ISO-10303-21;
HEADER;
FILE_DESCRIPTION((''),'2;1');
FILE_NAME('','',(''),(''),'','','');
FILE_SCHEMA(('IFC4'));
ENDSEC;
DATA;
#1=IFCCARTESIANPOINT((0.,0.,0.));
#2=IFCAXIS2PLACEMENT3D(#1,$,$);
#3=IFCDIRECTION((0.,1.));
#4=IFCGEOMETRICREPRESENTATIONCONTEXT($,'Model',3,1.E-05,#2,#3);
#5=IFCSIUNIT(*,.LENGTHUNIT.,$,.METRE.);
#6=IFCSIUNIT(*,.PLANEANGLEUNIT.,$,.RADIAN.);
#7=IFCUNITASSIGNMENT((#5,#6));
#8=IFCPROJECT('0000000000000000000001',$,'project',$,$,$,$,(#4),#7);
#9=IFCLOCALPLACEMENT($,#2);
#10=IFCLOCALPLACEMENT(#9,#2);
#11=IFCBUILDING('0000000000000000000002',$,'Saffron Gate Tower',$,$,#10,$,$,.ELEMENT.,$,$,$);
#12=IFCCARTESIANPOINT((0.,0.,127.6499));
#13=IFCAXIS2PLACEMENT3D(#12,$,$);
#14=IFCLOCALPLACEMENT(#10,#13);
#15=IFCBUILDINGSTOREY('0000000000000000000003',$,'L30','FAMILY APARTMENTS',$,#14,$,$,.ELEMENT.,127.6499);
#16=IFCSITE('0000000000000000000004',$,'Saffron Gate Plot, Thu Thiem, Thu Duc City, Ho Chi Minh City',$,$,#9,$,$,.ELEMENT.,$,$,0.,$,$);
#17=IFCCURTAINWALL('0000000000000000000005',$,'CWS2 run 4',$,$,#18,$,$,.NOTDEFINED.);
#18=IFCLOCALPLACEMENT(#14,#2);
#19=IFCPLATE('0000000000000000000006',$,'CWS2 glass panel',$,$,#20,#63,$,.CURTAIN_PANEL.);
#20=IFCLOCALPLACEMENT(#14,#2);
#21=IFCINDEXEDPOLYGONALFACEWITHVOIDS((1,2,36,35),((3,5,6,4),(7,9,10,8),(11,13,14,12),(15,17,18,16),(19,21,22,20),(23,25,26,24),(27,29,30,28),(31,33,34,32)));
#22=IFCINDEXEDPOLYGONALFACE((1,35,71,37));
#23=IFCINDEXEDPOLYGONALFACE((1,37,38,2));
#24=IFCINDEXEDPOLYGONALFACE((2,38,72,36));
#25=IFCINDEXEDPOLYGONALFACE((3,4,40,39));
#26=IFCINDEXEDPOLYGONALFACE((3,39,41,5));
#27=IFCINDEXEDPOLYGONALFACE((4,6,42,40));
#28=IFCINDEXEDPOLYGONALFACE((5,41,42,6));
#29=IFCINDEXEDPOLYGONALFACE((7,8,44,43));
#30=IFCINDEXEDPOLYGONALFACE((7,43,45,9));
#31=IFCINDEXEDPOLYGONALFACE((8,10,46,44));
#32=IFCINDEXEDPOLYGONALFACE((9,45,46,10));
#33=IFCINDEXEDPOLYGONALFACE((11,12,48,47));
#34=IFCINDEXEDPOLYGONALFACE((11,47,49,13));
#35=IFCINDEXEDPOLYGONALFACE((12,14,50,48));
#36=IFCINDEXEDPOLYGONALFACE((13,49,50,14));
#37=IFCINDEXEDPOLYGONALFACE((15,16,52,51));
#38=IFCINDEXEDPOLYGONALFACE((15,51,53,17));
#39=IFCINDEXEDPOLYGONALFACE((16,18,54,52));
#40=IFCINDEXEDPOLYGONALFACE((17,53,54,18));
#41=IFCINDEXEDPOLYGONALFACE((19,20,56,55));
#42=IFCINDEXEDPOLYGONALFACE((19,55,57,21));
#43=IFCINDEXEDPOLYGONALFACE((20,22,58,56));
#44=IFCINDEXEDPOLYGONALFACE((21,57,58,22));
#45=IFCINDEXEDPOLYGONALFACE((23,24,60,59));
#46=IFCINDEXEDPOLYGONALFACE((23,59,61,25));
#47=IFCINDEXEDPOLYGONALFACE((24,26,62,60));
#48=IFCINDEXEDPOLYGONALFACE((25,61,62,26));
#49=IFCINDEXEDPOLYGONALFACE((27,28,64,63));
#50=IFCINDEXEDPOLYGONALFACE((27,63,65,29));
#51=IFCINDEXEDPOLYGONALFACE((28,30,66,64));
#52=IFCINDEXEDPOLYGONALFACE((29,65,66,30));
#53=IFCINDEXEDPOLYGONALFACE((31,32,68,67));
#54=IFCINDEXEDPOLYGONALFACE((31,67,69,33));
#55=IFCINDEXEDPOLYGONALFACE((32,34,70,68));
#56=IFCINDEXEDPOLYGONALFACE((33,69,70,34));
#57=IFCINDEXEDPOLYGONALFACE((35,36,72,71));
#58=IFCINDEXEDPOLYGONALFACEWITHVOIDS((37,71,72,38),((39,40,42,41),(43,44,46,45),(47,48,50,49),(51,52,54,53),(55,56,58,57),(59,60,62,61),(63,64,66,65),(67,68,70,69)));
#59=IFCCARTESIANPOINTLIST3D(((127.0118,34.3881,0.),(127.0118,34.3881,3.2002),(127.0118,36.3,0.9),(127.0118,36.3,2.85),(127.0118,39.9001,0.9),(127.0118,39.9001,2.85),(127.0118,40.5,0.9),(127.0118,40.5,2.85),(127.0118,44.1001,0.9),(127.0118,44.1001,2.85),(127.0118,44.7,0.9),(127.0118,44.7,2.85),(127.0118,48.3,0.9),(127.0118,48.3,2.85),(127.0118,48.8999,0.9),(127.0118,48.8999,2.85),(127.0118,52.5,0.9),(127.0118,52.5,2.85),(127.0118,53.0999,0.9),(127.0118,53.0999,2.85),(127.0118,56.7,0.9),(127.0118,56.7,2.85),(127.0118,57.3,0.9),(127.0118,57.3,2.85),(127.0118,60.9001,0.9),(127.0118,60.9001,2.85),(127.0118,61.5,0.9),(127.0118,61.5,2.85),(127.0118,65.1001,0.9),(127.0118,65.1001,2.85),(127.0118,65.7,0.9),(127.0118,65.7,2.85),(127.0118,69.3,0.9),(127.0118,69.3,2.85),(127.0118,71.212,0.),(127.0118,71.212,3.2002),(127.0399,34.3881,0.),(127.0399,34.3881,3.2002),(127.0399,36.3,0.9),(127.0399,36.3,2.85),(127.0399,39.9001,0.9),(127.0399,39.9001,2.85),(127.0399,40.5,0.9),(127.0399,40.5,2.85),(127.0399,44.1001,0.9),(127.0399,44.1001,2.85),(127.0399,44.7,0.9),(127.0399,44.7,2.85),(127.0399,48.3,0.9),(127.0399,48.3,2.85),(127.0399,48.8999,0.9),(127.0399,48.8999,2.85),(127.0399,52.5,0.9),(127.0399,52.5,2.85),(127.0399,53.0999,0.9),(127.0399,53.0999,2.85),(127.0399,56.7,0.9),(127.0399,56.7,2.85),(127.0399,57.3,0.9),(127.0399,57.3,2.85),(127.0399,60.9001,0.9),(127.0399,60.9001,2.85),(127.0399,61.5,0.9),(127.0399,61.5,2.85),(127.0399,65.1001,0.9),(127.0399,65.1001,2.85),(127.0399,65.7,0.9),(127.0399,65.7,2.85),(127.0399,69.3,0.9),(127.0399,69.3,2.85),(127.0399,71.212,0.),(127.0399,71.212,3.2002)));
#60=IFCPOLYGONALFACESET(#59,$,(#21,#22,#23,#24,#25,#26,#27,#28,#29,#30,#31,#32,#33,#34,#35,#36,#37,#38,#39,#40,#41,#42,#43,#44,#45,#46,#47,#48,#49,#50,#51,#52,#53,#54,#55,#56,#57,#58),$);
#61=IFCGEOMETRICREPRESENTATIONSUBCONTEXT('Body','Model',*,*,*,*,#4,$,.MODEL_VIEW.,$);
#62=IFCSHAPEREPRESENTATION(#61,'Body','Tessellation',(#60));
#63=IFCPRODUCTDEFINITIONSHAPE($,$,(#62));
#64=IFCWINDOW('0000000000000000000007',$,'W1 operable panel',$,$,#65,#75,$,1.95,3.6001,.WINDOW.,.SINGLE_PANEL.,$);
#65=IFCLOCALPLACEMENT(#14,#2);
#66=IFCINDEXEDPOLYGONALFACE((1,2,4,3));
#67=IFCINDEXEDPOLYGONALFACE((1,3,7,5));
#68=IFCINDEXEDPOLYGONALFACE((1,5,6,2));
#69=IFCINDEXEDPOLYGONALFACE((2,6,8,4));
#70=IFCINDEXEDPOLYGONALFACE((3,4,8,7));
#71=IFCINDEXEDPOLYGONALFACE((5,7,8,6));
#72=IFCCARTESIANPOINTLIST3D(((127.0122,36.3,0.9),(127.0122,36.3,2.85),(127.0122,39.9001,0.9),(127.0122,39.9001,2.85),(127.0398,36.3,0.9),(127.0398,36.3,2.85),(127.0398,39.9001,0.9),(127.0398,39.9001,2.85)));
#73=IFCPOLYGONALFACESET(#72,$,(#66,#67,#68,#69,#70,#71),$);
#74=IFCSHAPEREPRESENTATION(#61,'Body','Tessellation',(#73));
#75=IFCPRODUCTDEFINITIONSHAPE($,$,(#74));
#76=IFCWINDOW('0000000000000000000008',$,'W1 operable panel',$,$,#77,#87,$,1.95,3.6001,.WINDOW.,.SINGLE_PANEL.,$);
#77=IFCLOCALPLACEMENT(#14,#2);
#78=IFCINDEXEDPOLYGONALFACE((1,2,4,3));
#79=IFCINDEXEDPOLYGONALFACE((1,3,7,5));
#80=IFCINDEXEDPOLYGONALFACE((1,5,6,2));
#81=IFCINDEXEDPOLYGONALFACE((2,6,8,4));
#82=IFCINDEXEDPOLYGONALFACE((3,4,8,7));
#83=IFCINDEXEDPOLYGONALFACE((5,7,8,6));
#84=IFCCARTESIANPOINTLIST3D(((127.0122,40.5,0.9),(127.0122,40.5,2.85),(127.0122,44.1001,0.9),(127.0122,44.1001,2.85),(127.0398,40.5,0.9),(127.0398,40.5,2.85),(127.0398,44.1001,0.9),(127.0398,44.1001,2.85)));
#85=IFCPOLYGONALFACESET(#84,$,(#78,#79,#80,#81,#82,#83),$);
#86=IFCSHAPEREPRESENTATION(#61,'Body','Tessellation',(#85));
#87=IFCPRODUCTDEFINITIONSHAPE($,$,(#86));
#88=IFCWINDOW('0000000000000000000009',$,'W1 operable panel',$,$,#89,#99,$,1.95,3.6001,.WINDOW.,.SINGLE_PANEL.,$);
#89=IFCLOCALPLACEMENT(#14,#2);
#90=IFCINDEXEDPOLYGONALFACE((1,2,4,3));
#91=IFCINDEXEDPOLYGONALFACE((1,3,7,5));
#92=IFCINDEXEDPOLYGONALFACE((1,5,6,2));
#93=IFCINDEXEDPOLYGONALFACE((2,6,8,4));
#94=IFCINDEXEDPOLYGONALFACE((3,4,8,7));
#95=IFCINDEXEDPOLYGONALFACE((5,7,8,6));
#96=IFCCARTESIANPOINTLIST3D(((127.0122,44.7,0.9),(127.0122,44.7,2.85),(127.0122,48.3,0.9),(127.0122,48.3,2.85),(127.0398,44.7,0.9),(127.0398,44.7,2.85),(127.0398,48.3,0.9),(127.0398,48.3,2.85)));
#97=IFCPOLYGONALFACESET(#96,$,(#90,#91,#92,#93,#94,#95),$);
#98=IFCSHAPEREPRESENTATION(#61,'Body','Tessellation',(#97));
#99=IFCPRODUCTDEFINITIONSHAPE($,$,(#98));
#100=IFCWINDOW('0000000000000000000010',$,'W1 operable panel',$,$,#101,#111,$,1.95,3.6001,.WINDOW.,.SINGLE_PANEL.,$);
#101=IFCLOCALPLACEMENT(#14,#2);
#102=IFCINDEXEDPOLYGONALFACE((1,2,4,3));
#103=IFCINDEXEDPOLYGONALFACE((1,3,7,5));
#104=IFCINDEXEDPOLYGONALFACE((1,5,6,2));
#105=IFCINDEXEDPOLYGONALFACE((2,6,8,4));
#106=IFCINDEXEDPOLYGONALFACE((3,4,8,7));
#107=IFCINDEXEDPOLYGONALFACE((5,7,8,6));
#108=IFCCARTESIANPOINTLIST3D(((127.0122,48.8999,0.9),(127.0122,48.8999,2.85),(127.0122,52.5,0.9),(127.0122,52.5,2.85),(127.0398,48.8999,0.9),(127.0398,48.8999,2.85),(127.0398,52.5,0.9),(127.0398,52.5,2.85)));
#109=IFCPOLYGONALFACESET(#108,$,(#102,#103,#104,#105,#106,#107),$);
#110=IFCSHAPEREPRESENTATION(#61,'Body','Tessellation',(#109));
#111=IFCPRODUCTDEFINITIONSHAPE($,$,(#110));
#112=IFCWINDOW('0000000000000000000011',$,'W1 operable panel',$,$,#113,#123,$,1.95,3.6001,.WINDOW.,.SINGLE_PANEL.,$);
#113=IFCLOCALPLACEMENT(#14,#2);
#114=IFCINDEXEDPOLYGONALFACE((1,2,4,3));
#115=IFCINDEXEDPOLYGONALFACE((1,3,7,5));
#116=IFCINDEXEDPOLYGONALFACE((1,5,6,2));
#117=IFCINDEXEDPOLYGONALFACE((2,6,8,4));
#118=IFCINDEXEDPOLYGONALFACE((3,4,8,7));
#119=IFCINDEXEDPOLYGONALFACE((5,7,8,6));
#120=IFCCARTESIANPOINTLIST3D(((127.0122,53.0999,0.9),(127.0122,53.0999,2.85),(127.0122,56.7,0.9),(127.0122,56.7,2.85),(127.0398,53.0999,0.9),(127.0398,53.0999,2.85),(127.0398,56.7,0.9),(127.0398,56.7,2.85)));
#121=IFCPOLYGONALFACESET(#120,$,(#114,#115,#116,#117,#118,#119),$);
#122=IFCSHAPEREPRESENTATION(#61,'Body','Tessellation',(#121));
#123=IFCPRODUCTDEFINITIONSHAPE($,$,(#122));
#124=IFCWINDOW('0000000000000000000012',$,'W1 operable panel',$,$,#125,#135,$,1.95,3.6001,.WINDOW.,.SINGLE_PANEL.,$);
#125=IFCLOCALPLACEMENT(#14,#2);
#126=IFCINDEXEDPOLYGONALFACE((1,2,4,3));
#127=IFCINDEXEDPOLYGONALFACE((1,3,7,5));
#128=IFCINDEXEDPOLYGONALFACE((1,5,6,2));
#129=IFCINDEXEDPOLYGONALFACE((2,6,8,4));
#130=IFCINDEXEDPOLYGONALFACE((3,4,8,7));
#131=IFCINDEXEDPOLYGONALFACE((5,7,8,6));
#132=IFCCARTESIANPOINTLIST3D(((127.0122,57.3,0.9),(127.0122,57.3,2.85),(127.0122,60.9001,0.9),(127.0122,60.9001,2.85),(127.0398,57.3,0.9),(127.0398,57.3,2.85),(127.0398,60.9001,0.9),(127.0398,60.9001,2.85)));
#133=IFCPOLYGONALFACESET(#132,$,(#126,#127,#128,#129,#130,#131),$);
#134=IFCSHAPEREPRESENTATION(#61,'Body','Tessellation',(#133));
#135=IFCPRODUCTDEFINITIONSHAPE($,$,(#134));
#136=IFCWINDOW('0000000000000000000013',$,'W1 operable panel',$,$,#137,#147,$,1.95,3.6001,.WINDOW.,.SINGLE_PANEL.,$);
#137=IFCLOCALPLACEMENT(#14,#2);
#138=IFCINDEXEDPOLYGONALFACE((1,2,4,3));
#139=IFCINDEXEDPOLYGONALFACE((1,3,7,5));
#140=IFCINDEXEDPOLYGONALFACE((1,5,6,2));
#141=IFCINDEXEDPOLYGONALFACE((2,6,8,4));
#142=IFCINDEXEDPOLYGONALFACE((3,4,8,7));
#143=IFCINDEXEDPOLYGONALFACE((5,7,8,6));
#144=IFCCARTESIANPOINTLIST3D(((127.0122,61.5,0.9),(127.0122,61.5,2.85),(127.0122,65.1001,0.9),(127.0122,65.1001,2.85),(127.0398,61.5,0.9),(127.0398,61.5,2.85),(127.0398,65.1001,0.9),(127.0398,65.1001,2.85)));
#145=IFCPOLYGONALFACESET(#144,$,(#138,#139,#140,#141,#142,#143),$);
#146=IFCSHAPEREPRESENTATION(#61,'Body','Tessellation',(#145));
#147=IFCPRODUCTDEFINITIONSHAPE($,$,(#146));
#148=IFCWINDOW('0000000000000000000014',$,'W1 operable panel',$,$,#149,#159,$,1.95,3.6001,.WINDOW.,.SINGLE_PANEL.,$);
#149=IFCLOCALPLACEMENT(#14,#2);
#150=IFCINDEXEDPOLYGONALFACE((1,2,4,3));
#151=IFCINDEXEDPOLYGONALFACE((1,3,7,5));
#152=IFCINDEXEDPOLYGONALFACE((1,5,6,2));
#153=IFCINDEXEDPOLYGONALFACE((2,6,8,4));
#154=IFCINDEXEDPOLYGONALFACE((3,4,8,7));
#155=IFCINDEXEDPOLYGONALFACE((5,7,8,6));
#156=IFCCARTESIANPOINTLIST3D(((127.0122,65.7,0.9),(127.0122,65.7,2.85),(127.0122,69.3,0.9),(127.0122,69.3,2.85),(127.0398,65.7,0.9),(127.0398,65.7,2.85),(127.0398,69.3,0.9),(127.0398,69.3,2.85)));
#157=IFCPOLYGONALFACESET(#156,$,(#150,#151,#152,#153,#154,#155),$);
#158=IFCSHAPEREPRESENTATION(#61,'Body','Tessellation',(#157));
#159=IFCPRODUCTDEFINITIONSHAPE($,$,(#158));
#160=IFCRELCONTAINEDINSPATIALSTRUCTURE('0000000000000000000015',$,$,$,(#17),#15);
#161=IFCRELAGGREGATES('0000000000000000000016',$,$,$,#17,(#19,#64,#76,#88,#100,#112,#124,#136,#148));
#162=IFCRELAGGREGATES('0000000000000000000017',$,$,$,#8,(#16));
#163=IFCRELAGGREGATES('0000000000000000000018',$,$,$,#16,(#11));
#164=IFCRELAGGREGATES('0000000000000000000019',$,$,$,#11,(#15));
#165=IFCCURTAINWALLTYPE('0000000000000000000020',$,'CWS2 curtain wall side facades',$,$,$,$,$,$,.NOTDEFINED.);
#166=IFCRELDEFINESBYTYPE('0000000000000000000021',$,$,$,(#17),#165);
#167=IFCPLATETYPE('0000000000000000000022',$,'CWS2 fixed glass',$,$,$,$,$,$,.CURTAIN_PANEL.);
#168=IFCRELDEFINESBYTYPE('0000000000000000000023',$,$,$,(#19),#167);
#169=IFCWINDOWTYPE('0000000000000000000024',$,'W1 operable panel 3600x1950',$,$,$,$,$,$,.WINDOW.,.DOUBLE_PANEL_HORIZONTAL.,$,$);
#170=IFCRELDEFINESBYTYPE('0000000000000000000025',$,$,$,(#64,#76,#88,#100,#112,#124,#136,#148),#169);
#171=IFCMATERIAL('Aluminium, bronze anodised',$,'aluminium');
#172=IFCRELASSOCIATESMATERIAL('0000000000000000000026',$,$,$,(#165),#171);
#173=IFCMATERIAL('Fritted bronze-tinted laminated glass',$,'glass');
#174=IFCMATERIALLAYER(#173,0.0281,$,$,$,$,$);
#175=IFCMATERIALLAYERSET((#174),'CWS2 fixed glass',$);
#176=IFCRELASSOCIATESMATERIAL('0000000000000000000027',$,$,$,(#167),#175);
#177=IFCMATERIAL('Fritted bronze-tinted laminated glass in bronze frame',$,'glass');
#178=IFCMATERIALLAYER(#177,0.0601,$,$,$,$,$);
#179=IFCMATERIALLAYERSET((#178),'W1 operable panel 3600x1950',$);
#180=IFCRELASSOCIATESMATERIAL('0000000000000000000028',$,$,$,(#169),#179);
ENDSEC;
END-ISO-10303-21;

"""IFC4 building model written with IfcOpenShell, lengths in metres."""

from ifc_helpers import new_model, si_unit, direction, frame, frame_2d, origin, place, context, subcontext, project, spatial, rectangle, extrude, material, layer, layer_set, type_object, element, fill, aggregate, save


model = new_model("IFC4")

# Units and contexts
model_context = context("Model", 3, precision=1e-05, world=origin(), true_north=direction((0.0, 1.0)))
body_context = subcontext(model_context, "Body", "Model", "MODEL_VIEW")
ifc_project = project(units=[si_unit("LENGTHUNIT", "METRE"), si_unit("PLANEANGLEUNIT", "RADIAN")], contexts=[model_context])

# Site, building, storey
site_placement = place(None, origin())
site = spatial("IfcSite", under=ifc_project, at=site_placement, Name="Saffron Gate Plot, Thu Thiem, Thu Duc City, Ho Chi Minh City", CompositionType="ELEMENT", RefElevation=0.0)
building_placement = place(site_placement, origin())
building = spatial("IfcBuilding", under=site, at=building_placement, Name="Saffron Gate Tower", CompositionType="ELEMENT")
storey_placement = place(building_placement, frame((0.0, 0.0, 127.6499)))
storey = spatial("IfcBuildingStorey", under=building, at=storey_placement, Name="L30", Description="FAMILY APARTMENTS", CompositionType="ELEMENT", Elevation=127.6499)

# Curtain wall
ifc_material_1 = material(Name="Aluminium, bronze anodised", Category="aluminium")
curtain_wall_type_1 = type_object("IfcCurtainWallType", Name="CWS2 curtain wall side facades", PredefinedType="NOTDEFINED", material=ifc_material_1)
curtain_wall_1_placement = place(storey_placement, origin())
curtain_wall_1 = element("IfcCurtainWall", 1, at=curtain_wall_1_placement, inside=storey, type_object=curtain_wall_type_1, Name="CWS2 run 4", PredefinedType="NOTDEFINED")

# Plate, openings, windows
ifc_material_2 = material(Name="Fritted bronze-tinted laminated glass", Category="glass")
ifc_layer_1 = layer(ifc_material_2, 0.0281)
ifc_layer_set_1 = layer_set([ifc_layer_1], Name="CWS2 fixed glass")
plate_type_1 = type_object("IfcPlateType", Name="CWS2 fixed glass", PredefinedType="CURTAIN_PANEL", material=ifc_layer_set_1)
plate_1_placement = place(storey_placement, frame((127.0259, 34.3879, 0.0), z_axis=(0.0, 0.0, 1.0), x_axis=(0.0, 1.0, 0.0)))
plate_1 = element("IfcPlate", 2, at=plate_1_placement, type_object=plate_type_1, Name="CWS2 glass panel", PredefinedType="CURTAIN_PANEL", context=body_context, shape_type="SweptSolid", body=[
    extrude(rectangle(XDim=36.824, YDim=0.0281, at=frame_2d((18.4121, 0.0))), origin(), (0.0, 0.0, 1.0), 3.2002),
])
opening_1_placement = place(plate_1_placement, frame((1.9121, 0.0, 0.8999)))
opening_1 = element("IfcOpeningElement", 3, at=opening_1_placement, cuts=plate_1, PredefinedType="OPENING", context=body_context, shape_type="SweptSolid", body=[
    extrude(rectangle(XDim=3.6001, YDim=1.95, at=frame_2d((1.8, 0.9751))), frame((0.0, 0.0239, 0.0), z_axis=(0.0, -1.0, 0.0), x_axis=(1.0, 0.0, 0.0)), (0.0, 0.0, 1.0), 0.0481),
])
opening_2_placement = place(plate_1_placement, frame((6.1121, 0.0, 0.8999)))
opening_2 = element("IfcOpeningElement", 4, at=opening_2_placement, cuts=plate_1, PredefinedType="OPENING", context=body_context, shape_type="SweptSolid", body=[
    extrude(rectangle(XDim=3.6001, YDim=1.95, at=frame_2d((1.8, 0.9751))), frame((0.0, 0.0239, 0.0), z_axis=(0.0, -1.0, 0.0), x_axis=(1.0, 0.0, 0.0)), (0.0, 0.0, 1.0), 0.0481),
])
opening_3_placement = place(plate_1_placement, frame((10.312, 0.0, 0.8999)))
opening_3 = element("IfcOpeningElement", 5, at=opening_3_placement, cuts=plate_1, PredefinedType="OPENING", context=body_context, shape_type="SweptSolid", body=[
    extrude(rectangle(XDim=3.6001, YDim=1.95, at=frame_2d((1.8, 0.9751))), frame((0.0, 0.0239, 0.0), z_axis=(0.0, -1.0, 0.0), x_axis=(1.0, 0.0, 0.0)), (0.0, 0.0, 1.0), 0.0481),
])
opening_4_placement = place(plate_1_placement, frame((14.512, 0.0, 0.8999)))
opening_4 = element("IfcOpeningElement", 6, at=opening_4_placement, cuts=plate_1, PredefinedType="OPENING", context=body_context, shape_type="SweptSolid", body=[
    extrude(rectangle(XDim=3.6001, YDim=1.95, at=frame_2d((1.8, 0.9751))), frame((0.0, 0.0239, 0.0), z_axis=(0.0, -1.0, 0.0), x_axis=(1.0, 0.0, 0.0)), (0.0, 0.0, 1.0), 0.0481),
])
opening_5_placement = place(plate_1_placement, frame((18.7119, 0.0, 0.8999)))
opening_5 = element("IfcOpeningElement", 7, at=opening_5_placement, cuts=plate_1, PredefinedType="OPENING", context=body_context, shape_type="SweptSolid", body=[
    extrude(rectangle(XDim=3.6001, YDim=1.95, at=frame_2d((1.8, 0.9751))), frame((0.0, 0.0239, 0.0), z_axis=(0.0, -1.0, 0.0), x_axis=(1.0, 0.0, 0.0)), (0.0, 0.0, 1.0), 0.0481),
])
opening_6_placement = place(plate_1_placement, frame((22.9121, 0.0, 0.8999)))
opening_6 = element("IfcOpeningElement", 8, at=opening_6_placement, cuts=plate_1, PredefinedType="OPENING", context=body_context, shape_type="SweptSolid", body=[
    extrude(rectangle(XDim=3.6001, YDim=1.95, at=frame_2d((1.8, 0.9751))), frame((0.0, 0.0239, 0.0), z_axis=(0.0, -1.0, 0.0), x_axis=(1.0, 0.0, 0.0)), (0.0, 0.0, 1.0), 0.0481),
])
opening_7_placement = place(plate_1_placement, frame((27.1121, 0.0, 0.8999)))
opening_7 = element("IfcOpeningElement", 9, at=opening_7_placement, cuts=plate_1, PredefinedType="OPENING", context=body_context, shape_type="SweptSolid", body=[
    extrude(rectangle(XDim=3.6001, YDim=1.95, at=frame_2d((1.8, 0.9751))), frame((0.0, 0.0239, 0.0), z_axis=(0.0, -1.0, 0.0), x_axis=(1.0, 0.0, 0.0)), (0.0, 0.0, 1.0), 0.0481),
])
opening_8_placement = place(plate_1_placement, frame((31.312, 0.0, 0.8999)))
opening_8 = element("IfcOpeningElement", 10, at=opening_8_placement, cuts=plate_1, PredefinedType="OPENING", context=body_context, shape_type="SweptSolid", body=[
    extrude(rectangle(XDim=3.6001, YDim=1.95, at=frame_2d((1.8, 0.9751))), frame((0.0, 0.0239, 0.0), z_axis=(0.0, -1.0, 0.0), x_axis=(1.0, 0.0, 0.0)), (0.0, 0.0, 1.0), 0.0481),
])
ifc_material_3 = material(Name="Fritted bronze-tinted laminated glass in bronze frame", Category="glass")
ifc_layer_2 = layer(ifc_material_3, 0.0601)
ifc_layer_set_2 = layer_set([ifc_layer_2], Name="W1 operable panel 3600x1950")
window_type = type_object("IfcWindowType", Name="W1 operable panel 3600x1950", PartitioningType="DOUBLE_PANEL_HORIZONTAL", PredefinedType="WINDOW", material=ifc_layer_set_2)
window_1_placement = place(opening_1_placement, origin())
window_1 = element("IfcWindow", 11, at=window_1_placement, type_object=window_type, Name="W1 operable panel", OverallHeight=1.95, OverallWidth=3.6001, PartitioningType="SINGLE_PANEL", PredefinedType="WINDOW", context=body_context, shape_type="SweptSolid", body=[
    extrude(rectangle(XDim=3.6001, YDim=1.95, at=frame_2d((1.8, 0.9751))), frame((0.0, 0.0137, 0.0), z_axis=(0.0, -1.0, 0.0), x_axis=(1.0, 0.0, 0.0)), (0.0, 0.0, 1.0), 0.0276),
])
fill(opening_1, window_1)
window_2_placement = place(opening_2_placement, origin())
window_2 = element("IfcWindow", 12, at=window_2_placement, type_object=window_type, Name="W1 operable panel", OverallHeight=1.95, OverallWidth=3.6001, PartitioningType="SINGLE_PANEL", PredefinedType="WINDOW", context=body_context, shape_type="SweptSolid", body=[
    extrude(rectangle(XDim=3.6001, YDim=1.95, at=frame_2d((1.8, 0.9751))), frame((0.0, 0.0137, 0.0), z_axis=(0.0, -1.0, 0.0), x_axis=(1.0, 0.0, 0.0)), (0.0, 0.0, 1.0), 0.0276),
])
fill(opening_2, window_2)
window_3_placement = place(opening_3_placement, origin())
window_3 = element("IfcWindow", 13, at=window_3_placement, type_object=window_type, Name="W1 operable panel", OverallHeight=1.95, OverallWidth=3.6001, PartitioningType="SINGLE_PANEL", PredefinedType="WINDOW", context=body_context, shape_type="SweptSolid", body=[
    extrude(rectangle(XDim=3.6001, YDim=1.95, at=frame_2d((1.8, 0.9751))), frame((0.0, 0.0137, 0.0), z_axis=(0.0, -1.0, 0.0), x_axis=(1.0, 0.0, 0.0)), (0.0, 0.0, 1.0), 0.0276),
])
fill(opening_3, window_3)
window_4_placement = place(opening_4_placement, origin())
window_4 = element("IfcWindow", 14, at=window_4_placement, type_object=window_type, Name="W1 operable panel", OverallHeight=1.95, OverallWidth=3.6001, PartitioningType="SINGLE_PANEL", PredefinedType="WINDOW", context=body_context, shape_type="SweptSolid", body=[
    extrude(rectangle(XDim=3.6001, YDim=1.95, at=frame_2d((1.8, 0.9751))), frame((0.0, 0.0137, 0.0), z_axis=(0.0, -1.0, 0.0), x_axis=(1.0, 0.0, 0.0)), (0.0, 0.0, 1.0), 0.0276),
])
fill(opening_4, window_4)
window_5_placement = place(opening_5_placement, origin())
window_5 = element("IfcWindow", 15, at=window_5_placement, type_object=window_type, Name="W1 operable panel", OverallHeight=1.95, OverallWidth=3.6001, PartitioningType="SINGLE_PANEL", PredefinedType="WINDOW", context=body_context, shape_type="SweptSolid", body=[
    extrude(rectangle(XDim=3.6001, YDim=1.95, at=frame_2d((1.8, 0.9751))), frame((0.0, 0.0137, 0.0), z_axis=(0.0, -1.0, 0.0), x_axis=(1.0, 0.0, 0.0)), (0.0, 0.0, 1.0), 0.0276),
])
fill(opening_5, window_5)
window_6_placement = place(opening_6_placement, origin())
window_6 = element("IfcWindow", 16, at=window_6_placement, type_object=window_type, Name="W1 operable panel", OverallHeight=1.95, OverallWidth=3.6001, PartitioningType="SINGLE_PANEL", PredefinedType="WINDOW", context=body_context, shape_type="SweptSolid", body=[
    extrude(rectangle(XDim=3.6001, YDim=1.95, at=frame_2d((1.8, 0.9751))), frame((0.0, 0.0137, 0.0), z_axis=(0.0, -1.0, 0.0), x_axis=(1.0, 0.0, 0.0)), (0.0, 0.0, 1.0), 0.0276),
])
fill(opening_6, window_6)
window_7_placement = place(opening_7_placement, origin())
window_7 = element("IfcWindow", 17, at=window_7_placement, type_object=window_type, Name="W1 operable panel", OverallHeight=1.95, OverallWidth=3.6001, PartitioningType="SINGLE_PANEL", PredefinedType="WINDOW", context=body_context, shape_type="SweptSolid", body=[
    extrude(rectangle(XDim=3.6001, YDim=1.95, at=frame_2d((1.8, 0.9751))), frame((0.0, 0.0137, 0.0), z_axis=(0.0, -1.0, 0.0), x_axis=(1.0, 0.0, 0.0)), (0.0, 0.0, 1.0), 0.0276),
])
fill(opening_7, window_7)
window_8_placement = place(opening_8_placement, origin())
window_8 = element("IfcWindow", 18, at=window_8_placement, type_object=window_type, Name="W1 operable panel", OverallHeight=1.95, OverallWidth=3.6001, PartitioningType="SINGLE_PANEL", PredefinedType="WINDOW", context=body_context, shape_type="SweptSolid", body=[
    extrude(rectangle(XDim=3.6001, YDim=1.95, at=frame_2d((1.8, 0.9751))), frame((0.0, 0.0137, 0.0), z_axis=(0.0, -1.0, 0.0), x_axis=(1.0, 0.0, 0.0)), (0.0, 0.0, 1.0), 0.0276),
])
fill(opening_8, window_8)
aggregate(curtain_wall_1, [plate_1, window_1, window_2, window_3, window_4, window_5, window_6, window_7, window_8])

save(model, "model.ifc")
